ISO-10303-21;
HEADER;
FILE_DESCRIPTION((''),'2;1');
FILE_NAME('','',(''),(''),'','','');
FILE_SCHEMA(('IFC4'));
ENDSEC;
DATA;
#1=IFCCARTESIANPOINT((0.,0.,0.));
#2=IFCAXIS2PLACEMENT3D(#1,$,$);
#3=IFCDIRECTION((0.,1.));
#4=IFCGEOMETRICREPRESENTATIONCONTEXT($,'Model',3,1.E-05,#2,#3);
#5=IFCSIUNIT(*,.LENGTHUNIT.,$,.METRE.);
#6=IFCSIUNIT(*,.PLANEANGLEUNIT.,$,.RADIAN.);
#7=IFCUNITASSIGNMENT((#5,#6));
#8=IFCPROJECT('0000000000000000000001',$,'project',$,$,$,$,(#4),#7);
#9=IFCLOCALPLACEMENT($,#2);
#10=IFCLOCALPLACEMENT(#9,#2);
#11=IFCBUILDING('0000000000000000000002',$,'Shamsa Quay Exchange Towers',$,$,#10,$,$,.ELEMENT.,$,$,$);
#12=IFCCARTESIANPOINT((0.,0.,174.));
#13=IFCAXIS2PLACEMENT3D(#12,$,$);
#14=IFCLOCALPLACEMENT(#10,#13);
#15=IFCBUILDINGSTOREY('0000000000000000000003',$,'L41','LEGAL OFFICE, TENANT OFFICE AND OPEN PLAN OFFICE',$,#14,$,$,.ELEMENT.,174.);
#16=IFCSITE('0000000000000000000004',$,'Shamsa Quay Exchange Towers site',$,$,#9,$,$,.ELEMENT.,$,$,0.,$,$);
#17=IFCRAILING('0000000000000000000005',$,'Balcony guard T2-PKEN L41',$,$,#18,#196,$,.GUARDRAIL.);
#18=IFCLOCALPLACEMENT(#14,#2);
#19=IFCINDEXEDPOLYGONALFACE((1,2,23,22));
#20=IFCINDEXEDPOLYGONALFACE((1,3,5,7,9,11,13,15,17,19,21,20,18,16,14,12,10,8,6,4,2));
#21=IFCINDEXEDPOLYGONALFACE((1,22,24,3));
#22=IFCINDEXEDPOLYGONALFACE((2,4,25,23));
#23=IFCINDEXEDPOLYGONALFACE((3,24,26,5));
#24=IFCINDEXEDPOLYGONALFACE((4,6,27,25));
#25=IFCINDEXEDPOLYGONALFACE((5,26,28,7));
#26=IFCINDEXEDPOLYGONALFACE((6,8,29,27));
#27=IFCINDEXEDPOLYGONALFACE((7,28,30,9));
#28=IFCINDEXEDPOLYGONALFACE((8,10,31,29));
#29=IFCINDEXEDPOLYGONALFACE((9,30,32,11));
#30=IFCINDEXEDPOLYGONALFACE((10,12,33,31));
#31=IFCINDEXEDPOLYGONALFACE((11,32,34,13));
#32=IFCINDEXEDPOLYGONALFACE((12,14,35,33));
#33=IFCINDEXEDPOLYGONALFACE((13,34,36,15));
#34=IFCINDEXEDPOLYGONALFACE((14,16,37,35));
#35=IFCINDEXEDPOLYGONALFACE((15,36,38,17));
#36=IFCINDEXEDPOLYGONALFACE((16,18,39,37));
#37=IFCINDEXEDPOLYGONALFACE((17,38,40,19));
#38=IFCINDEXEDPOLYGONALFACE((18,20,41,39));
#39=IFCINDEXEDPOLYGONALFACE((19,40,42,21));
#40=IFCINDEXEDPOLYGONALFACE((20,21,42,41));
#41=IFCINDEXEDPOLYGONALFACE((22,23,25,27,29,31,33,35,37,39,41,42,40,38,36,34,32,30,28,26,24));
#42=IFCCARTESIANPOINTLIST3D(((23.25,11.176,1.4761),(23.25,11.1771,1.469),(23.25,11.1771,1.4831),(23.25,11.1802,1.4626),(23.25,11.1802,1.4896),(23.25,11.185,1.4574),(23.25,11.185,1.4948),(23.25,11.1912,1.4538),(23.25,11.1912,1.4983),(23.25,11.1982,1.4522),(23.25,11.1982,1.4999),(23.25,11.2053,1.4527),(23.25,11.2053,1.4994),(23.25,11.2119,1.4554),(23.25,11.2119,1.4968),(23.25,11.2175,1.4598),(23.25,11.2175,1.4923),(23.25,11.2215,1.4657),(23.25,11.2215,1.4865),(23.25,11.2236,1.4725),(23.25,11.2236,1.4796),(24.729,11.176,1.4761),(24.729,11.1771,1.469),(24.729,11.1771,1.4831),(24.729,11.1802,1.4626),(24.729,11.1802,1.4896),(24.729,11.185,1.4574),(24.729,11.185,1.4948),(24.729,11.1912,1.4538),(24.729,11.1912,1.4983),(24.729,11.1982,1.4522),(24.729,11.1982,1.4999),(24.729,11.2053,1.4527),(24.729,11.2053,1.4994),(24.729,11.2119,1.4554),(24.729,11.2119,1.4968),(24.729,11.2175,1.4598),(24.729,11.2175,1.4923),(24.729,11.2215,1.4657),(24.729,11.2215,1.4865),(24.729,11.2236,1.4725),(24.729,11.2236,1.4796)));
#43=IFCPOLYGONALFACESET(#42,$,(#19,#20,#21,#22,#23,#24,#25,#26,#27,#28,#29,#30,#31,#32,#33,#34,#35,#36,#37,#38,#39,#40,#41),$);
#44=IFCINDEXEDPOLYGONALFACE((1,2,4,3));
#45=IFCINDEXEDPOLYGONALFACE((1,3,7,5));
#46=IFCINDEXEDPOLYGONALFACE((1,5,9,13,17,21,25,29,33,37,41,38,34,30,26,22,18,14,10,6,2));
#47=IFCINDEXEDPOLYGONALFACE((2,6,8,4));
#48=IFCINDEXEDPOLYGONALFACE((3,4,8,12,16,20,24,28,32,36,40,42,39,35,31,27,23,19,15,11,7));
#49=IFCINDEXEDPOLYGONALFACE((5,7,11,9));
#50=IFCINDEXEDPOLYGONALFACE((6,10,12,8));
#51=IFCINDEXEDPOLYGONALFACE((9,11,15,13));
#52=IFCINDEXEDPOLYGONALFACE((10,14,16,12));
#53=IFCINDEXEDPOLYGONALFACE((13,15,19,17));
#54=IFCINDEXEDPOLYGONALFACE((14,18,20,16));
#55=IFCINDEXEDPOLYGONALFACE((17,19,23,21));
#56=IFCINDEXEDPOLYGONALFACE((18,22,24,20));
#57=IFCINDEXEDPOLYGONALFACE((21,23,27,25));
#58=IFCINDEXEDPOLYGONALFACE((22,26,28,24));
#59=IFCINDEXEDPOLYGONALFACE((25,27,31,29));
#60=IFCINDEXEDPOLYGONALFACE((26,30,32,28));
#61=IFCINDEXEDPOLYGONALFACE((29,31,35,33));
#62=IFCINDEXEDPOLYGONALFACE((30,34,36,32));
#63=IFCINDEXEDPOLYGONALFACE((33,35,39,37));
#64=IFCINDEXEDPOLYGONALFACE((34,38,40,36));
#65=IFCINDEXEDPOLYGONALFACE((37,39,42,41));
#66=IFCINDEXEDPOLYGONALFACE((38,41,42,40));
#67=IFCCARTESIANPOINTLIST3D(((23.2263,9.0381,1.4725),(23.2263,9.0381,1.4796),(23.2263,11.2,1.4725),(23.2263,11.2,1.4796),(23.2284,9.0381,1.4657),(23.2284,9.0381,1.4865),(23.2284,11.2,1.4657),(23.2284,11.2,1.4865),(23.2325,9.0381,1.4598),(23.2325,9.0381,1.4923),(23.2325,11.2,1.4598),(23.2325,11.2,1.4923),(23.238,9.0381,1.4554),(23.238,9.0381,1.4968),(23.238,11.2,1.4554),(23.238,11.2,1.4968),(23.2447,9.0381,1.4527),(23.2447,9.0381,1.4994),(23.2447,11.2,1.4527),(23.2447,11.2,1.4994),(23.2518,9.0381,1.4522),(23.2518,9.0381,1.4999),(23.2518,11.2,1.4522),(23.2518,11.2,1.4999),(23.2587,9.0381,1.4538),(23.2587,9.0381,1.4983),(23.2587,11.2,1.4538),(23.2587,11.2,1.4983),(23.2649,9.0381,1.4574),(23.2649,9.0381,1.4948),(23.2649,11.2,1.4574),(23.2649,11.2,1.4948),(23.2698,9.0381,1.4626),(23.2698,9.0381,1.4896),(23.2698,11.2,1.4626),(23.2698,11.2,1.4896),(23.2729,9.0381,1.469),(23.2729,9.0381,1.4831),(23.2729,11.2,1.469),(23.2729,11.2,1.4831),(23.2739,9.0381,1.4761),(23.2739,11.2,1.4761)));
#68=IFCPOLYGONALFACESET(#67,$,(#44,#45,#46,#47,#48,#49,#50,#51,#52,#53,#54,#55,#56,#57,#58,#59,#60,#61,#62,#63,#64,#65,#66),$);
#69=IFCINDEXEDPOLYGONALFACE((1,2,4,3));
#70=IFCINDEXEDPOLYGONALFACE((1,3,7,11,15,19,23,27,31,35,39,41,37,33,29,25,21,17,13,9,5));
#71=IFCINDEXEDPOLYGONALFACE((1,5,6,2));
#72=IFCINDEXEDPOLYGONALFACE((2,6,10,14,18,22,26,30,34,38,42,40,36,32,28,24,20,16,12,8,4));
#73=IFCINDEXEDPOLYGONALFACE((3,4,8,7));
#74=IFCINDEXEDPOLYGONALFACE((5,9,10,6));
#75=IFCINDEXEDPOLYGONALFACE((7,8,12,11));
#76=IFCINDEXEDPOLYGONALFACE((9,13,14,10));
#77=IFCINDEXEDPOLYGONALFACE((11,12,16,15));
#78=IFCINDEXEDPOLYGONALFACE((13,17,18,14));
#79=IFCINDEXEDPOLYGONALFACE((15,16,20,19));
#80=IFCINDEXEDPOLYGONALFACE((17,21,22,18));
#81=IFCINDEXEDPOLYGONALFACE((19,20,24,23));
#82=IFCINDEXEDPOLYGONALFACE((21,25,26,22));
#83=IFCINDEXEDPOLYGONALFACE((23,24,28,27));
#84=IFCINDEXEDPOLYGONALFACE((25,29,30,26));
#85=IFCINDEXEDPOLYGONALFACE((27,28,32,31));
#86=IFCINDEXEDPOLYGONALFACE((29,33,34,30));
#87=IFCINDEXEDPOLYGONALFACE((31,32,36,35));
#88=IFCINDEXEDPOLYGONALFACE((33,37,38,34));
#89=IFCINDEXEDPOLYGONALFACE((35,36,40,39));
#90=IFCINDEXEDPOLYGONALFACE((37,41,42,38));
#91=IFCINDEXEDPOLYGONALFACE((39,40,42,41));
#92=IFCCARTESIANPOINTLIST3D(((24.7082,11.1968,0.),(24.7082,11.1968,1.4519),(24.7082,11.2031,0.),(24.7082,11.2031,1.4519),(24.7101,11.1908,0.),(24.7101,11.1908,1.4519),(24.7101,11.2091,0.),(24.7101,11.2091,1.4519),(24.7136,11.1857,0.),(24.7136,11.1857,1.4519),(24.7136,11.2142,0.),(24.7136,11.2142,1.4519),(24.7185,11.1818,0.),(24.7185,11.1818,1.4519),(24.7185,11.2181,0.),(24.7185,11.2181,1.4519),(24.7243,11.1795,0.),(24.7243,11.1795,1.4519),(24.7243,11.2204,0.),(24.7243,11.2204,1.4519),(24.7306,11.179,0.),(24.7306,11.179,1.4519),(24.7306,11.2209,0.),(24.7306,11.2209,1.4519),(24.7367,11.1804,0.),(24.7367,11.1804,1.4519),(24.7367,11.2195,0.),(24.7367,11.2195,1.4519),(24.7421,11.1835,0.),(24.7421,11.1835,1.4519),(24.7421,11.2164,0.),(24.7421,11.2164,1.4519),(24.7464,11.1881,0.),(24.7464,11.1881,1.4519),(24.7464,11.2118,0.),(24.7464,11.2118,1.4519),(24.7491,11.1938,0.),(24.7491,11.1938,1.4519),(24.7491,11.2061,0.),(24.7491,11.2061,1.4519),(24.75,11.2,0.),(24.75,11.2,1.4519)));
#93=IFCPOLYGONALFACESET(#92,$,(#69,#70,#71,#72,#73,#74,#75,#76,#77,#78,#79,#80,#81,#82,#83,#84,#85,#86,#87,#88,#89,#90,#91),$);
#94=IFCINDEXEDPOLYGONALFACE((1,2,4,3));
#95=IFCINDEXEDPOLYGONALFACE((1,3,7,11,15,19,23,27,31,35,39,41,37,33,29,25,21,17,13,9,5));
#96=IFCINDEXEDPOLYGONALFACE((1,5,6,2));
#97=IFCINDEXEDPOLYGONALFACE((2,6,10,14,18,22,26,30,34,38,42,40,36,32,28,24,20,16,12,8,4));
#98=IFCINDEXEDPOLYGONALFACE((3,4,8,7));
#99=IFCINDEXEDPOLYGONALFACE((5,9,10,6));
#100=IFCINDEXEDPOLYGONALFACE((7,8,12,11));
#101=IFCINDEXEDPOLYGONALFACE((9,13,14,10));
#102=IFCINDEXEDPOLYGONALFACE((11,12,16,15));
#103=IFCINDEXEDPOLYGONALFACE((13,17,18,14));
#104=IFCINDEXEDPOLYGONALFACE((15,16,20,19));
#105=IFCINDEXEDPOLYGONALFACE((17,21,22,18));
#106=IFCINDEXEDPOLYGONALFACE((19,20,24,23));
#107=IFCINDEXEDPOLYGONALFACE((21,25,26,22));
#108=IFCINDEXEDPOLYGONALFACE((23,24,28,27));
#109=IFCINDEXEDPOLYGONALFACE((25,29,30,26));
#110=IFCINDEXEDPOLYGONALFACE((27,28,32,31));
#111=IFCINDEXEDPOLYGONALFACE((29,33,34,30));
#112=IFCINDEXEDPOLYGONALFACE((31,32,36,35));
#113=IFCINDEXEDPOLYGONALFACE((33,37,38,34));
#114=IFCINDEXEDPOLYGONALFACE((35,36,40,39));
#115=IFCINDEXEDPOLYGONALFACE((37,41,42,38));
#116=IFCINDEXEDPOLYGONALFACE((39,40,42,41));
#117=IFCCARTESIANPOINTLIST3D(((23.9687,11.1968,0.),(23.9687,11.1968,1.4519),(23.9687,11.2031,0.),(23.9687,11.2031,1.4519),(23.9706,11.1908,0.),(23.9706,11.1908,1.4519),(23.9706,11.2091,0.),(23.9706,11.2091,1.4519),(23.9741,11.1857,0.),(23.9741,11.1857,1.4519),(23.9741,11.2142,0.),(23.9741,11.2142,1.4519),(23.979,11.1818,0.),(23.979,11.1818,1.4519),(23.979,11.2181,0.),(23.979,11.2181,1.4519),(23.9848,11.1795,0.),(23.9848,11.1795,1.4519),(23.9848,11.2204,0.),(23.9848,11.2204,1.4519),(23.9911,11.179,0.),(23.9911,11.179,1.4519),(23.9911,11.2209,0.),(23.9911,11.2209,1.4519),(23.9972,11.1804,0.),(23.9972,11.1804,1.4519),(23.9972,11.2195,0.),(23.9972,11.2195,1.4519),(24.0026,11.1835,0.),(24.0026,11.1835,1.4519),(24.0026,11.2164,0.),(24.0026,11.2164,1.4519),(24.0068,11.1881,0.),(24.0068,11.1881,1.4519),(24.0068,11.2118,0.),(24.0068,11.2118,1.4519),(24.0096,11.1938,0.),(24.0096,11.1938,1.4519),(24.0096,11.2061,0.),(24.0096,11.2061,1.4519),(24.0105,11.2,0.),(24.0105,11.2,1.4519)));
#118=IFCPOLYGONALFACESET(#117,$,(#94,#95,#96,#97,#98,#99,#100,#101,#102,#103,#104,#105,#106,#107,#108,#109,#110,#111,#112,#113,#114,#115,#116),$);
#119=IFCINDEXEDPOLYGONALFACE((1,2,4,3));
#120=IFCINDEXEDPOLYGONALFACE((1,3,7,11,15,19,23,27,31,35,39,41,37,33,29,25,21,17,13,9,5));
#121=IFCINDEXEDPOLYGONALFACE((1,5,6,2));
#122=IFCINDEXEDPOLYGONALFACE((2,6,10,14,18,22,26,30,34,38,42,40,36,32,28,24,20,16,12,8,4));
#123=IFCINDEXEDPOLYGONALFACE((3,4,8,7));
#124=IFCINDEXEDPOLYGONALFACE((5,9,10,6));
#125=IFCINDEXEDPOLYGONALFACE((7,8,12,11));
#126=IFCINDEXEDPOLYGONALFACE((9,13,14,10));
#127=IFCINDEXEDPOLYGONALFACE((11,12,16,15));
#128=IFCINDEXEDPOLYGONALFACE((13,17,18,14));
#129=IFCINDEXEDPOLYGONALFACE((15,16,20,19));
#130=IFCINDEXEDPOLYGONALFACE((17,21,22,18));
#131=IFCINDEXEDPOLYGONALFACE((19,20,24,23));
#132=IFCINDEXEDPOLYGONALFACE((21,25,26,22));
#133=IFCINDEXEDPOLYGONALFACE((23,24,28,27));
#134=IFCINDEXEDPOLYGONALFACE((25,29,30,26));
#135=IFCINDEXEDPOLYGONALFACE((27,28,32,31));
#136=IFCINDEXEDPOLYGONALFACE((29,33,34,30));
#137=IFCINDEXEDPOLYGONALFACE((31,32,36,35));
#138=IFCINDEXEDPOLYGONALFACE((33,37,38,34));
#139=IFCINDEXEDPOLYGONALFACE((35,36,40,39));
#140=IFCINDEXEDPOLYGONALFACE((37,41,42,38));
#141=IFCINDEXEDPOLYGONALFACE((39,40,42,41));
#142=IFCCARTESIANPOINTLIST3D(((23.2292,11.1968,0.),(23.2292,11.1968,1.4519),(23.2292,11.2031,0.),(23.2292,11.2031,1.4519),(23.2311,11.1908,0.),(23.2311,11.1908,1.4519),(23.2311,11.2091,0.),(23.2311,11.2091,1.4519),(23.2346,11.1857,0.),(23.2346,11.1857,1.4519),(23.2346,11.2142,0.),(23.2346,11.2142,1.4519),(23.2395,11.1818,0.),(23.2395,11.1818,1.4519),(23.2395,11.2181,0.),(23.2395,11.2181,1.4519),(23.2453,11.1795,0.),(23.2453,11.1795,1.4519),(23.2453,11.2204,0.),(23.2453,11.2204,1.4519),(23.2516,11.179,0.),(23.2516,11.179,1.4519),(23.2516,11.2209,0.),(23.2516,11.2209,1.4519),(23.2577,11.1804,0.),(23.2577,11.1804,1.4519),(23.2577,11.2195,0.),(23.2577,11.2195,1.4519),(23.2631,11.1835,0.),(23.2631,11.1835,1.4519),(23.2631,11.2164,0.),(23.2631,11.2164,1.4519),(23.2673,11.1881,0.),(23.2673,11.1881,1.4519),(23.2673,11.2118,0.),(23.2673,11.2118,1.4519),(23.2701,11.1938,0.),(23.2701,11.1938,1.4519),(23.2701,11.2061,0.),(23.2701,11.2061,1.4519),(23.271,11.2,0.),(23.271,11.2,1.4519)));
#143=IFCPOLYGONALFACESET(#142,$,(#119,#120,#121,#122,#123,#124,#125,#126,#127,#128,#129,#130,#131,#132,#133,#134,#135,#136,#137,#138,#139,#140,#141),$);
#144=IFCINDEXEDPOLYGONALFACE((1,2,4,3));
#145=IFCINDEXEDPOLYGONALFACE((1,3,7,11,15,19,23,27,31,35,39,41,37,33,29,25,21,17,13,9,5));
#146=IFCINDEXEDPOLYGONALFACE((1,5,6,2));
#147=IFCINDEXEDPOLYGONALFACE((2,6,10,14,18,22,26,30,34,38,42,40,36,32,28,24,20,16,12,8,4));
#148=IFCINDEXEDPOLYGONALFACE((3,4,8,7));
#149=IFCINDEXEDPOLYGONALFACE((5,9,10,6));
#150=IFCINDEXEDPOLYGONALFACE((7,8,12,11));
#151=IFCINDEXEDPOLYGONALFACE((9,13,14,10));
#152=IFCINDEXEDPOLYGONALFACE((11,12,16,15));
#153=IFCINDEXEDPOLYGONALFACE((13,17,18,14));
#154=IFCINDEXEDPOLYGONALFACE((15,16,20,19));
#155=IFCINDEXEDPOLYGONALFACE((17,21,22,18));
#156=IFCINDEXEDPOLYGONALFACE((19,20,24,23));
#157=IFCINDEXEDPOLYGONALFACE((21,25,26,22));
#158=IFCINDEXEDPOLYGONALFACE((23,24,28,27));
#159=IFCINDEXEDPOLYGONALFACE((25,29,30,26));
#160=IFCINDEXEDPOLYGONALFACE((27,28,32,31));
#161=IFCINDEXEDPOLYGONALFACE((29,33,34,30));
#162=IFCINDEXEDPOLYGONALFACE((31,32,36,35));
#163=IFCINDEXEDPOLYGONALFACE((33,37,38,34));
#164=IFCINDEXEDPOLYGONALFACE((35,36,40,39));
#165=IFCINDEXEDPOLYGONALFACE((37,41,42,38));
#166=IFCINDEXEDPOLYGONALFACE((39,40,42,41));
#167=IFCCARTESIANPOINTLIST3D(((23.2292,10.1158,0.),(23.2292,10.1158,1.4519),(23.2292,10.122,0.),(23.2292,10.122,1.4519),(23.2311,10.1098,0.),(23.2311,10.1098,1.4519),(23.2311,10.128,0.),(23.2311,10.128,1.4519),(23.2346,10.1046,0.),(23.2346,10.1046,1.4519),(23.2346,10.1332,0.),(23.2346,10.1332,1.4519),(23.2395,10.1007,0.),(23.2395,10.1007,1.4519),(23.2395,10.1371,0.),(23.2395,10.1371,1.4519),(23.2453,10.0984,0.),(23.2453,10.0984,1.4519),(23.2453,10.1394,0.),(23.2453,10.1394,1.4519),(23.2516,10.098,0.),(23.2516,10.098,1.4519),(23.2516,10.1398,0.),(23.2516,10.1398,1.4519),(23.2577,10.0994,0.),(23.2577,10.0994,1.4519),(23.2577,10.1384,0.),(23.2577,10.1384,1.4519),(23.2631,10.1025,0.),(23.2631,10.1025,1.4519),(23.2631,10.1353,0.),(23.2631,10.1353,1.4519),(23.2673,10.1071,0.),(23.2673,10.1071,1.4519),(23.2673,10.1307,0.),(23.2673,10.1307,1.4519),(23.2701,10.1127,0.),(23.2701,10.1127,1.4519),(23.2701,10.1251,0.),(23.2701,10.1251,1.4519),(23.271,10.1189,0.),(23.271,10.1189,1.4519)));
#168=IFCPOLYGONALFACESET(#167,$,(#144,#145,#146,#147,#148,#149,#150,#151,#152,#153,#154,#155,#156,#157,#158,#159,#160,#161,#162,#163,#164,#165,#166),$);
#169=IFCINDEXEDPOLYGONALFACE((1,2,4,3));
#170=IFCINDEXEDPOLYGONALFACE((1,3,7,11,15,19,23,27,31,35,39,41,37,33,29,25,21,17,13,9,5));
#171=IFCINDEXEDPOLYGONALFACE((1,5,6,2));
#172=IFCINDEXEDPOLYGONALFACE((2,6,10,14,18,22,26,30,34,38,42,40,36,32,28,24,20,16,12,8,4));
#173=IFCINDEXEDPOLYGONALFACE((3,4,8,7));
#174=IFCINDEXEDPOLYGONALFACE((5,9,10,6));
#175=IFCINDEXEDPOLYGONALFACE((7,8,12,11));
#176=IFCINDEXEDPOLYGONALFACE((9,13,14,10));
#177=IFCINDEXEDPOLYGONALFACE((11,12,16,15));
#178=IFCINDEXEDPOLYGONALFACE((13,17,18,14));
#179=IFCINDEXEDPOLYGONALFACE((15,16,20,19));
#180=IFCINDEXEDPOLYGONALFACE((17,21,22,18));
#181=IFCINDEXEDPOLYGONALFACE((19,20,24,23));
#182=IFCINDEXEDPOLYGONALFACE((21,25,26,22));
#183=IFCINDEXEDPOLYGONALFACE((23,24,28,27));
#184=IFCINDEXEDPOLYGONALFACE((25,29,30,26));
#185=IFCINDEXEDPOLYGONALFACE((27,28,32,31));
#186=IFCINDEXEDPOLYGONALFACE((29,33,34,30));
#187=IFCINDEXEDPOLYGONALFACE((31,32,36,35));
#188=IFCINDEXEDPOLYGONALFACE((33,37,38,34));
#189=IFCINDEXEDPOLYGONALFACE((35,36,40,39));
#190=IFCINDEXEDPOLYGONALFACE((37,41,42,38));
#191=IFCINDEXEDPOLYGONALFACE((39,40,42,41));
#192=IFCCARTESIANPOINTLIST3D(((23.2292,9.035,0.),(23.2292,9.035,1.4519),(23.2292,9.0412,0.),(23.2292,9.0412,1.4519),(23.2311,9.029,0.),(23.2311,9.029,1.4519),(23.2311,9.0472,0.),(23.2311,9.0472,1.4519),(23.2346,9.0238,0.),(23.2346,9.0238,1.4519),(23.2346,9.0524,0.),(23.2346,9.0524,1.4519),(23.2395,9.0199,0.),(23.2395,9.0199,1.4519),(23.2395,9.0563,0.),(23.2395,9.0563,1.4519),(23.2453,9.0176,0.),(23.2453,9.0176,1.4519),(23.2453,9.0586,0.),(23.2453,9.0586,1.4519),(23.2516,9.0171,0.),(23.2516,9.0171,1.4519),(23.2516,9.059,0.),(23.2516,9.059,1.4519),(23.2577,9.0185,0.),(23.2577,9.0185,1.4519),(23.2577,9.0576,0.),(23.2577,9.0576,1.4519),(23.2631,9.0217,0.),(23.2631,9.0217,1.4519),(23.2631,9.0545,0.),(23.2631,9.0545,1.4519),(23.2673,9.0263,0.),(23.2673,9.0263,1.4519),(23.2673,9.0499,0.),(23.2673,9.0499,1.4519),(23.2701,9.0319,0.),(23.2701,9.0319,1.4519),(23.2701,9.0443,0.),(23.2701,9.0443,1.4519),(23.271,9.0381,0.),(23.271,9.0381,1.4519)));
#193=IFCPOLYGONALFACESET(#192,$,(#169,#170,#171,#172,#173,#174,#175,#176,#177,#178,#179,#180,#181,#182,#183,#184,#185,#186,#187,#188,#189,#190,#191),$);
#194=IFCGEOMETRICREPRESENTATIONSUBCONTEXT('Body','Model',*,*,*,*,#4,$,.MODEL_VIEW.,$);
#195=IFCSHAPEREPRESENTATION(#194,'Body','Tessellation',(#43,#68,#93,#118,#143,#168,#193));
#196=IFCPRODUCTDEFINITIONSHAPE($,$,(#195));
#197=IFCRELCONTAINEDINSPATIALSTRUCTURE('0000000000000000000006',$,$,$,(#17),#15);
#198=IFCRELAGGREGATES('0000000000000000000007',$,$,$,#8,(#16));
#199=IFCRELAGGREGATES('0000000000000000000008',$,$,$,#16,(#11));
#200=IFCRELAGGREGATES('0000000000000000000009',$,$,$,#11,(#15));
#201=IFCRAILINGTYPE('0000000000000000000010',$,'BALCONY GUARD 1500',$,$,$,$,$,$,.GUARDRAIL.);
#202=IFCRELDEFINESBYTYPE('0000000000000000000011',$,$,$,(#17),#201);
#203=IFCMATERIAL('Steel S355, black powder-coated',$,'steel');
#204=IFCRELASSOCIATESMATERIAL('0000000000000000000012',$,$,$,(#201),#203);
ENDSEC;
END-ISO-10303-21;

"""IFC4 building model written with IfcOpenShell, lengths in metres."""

from ifc_helpers import new_model, si_unit, direction, frame, origin, origin_2d, place, context, subcontext, project, spatial, circle, extrude, material, type_object, element, save


model = new_model("IFC4")

# Units and contexts
model_context = context("Model", 3, precision=1e-05, world=origin(), true_north=direction((0.0, 1.0)))
body_context = subcontext(model_context, "Body", "Model", "MODEL_VIEW")
ifc_project = project(units=[si_unit("LENGTHUNIT", "METRE"), si_unit("PLANEANGLEUNIT", "RADIAN")], contexts=[model_context])

# Site, building, storey
site_placement = place(None, origin())
site = spatial("IfcSite", under=ifc_project, at=site_placement, Name="Shamsa Quay Exchange Towers site", CompositionType="ELEMENT", RefElevation=0.0)
building_placement = place(site_placement, origin())
building = spatial("IfcBuilding", under=site, at=building_placement, Name="Shamsa Quay Exchange Towers", CompositionType="ELEMENT")
storey_placement = place(building_placement, frame((0.0, 0.0, 174.0)))
storey = spatial("IfcBuildingStorey", under=building, at=storey_placement, Name="L41", Description="LEGAL OFFICE, TENANT OFFICE AND OPEN PLAN OFFICE", CompositionType="ELEMENT", Elevation=174.0)

# Railing
ifc_material_1 = material(Name="Steel S355, black powder-coated", Category="steel")
railing_type = type_object("IfcRailingType", Name="BALCONY GUARD 1500", PredefinedType="GUARDRAIL", material=ifc_material_1)
for number, where, name in (
    (1, (24.729, 11.2, 0.0), "Balcony guard T2-PKEN L41"),
):
    element("IfcRailing", number, at=place(storey_placement, frame(where)), inside=storey, type_object=railing_type, Name=name, PredefinedType="GUARDRAIL", context=body_context, shape_type="SweptSolid", body=[
        extrude(circle(Radius=0.0239, at=origin_2d()), frame((0.0, 0.0, 1.4761), z_axis=(-1.0, 0.0, 0.0), x_axis=(0.0, -1.0, 0.0)), (0.0, 0.0, 1.0), 1.479),
        extrude(circle(Radius=0.0239, at=origin_2d()), frame((-1.479, 0.0, 1.4761), z_axis=(0.0, -1.0, 0.0), x_axis=(1.0, 0.0, 0.0)), (0.0, 0.0, 1.0), 2.1619),
        extrude(circle(Radius=0.021, at=origin_2d()), origin(), (0.0, 0.0, 1.0), 1.4519),
        extrude(circle(Radius=0.021, at=origin_2d()), frame((-0.7395, 0.0, 0.0)), (0.0, 0.0, 1.0), 1.4519),
        extrude(circle(Radius=0.021, at=origin_2d()), frame((-1.479, 0.0, 0.0)), (0.0, 0.0, 1.0), 1.4519),
        extrude(circle(Radius=0.021, at=origin_2d()), frame((-1.479, -1.0811, 0.0)), (0.0, 0.0, 1.0), 1.4519),
        extrude(circle(Radius=0.021, at=origin_2d()), frame((-1.479, -2.1619, 0.0)), (0.0, 0.0, 1.0), 1.4519),
    ])

save(model, "model.ifc")
